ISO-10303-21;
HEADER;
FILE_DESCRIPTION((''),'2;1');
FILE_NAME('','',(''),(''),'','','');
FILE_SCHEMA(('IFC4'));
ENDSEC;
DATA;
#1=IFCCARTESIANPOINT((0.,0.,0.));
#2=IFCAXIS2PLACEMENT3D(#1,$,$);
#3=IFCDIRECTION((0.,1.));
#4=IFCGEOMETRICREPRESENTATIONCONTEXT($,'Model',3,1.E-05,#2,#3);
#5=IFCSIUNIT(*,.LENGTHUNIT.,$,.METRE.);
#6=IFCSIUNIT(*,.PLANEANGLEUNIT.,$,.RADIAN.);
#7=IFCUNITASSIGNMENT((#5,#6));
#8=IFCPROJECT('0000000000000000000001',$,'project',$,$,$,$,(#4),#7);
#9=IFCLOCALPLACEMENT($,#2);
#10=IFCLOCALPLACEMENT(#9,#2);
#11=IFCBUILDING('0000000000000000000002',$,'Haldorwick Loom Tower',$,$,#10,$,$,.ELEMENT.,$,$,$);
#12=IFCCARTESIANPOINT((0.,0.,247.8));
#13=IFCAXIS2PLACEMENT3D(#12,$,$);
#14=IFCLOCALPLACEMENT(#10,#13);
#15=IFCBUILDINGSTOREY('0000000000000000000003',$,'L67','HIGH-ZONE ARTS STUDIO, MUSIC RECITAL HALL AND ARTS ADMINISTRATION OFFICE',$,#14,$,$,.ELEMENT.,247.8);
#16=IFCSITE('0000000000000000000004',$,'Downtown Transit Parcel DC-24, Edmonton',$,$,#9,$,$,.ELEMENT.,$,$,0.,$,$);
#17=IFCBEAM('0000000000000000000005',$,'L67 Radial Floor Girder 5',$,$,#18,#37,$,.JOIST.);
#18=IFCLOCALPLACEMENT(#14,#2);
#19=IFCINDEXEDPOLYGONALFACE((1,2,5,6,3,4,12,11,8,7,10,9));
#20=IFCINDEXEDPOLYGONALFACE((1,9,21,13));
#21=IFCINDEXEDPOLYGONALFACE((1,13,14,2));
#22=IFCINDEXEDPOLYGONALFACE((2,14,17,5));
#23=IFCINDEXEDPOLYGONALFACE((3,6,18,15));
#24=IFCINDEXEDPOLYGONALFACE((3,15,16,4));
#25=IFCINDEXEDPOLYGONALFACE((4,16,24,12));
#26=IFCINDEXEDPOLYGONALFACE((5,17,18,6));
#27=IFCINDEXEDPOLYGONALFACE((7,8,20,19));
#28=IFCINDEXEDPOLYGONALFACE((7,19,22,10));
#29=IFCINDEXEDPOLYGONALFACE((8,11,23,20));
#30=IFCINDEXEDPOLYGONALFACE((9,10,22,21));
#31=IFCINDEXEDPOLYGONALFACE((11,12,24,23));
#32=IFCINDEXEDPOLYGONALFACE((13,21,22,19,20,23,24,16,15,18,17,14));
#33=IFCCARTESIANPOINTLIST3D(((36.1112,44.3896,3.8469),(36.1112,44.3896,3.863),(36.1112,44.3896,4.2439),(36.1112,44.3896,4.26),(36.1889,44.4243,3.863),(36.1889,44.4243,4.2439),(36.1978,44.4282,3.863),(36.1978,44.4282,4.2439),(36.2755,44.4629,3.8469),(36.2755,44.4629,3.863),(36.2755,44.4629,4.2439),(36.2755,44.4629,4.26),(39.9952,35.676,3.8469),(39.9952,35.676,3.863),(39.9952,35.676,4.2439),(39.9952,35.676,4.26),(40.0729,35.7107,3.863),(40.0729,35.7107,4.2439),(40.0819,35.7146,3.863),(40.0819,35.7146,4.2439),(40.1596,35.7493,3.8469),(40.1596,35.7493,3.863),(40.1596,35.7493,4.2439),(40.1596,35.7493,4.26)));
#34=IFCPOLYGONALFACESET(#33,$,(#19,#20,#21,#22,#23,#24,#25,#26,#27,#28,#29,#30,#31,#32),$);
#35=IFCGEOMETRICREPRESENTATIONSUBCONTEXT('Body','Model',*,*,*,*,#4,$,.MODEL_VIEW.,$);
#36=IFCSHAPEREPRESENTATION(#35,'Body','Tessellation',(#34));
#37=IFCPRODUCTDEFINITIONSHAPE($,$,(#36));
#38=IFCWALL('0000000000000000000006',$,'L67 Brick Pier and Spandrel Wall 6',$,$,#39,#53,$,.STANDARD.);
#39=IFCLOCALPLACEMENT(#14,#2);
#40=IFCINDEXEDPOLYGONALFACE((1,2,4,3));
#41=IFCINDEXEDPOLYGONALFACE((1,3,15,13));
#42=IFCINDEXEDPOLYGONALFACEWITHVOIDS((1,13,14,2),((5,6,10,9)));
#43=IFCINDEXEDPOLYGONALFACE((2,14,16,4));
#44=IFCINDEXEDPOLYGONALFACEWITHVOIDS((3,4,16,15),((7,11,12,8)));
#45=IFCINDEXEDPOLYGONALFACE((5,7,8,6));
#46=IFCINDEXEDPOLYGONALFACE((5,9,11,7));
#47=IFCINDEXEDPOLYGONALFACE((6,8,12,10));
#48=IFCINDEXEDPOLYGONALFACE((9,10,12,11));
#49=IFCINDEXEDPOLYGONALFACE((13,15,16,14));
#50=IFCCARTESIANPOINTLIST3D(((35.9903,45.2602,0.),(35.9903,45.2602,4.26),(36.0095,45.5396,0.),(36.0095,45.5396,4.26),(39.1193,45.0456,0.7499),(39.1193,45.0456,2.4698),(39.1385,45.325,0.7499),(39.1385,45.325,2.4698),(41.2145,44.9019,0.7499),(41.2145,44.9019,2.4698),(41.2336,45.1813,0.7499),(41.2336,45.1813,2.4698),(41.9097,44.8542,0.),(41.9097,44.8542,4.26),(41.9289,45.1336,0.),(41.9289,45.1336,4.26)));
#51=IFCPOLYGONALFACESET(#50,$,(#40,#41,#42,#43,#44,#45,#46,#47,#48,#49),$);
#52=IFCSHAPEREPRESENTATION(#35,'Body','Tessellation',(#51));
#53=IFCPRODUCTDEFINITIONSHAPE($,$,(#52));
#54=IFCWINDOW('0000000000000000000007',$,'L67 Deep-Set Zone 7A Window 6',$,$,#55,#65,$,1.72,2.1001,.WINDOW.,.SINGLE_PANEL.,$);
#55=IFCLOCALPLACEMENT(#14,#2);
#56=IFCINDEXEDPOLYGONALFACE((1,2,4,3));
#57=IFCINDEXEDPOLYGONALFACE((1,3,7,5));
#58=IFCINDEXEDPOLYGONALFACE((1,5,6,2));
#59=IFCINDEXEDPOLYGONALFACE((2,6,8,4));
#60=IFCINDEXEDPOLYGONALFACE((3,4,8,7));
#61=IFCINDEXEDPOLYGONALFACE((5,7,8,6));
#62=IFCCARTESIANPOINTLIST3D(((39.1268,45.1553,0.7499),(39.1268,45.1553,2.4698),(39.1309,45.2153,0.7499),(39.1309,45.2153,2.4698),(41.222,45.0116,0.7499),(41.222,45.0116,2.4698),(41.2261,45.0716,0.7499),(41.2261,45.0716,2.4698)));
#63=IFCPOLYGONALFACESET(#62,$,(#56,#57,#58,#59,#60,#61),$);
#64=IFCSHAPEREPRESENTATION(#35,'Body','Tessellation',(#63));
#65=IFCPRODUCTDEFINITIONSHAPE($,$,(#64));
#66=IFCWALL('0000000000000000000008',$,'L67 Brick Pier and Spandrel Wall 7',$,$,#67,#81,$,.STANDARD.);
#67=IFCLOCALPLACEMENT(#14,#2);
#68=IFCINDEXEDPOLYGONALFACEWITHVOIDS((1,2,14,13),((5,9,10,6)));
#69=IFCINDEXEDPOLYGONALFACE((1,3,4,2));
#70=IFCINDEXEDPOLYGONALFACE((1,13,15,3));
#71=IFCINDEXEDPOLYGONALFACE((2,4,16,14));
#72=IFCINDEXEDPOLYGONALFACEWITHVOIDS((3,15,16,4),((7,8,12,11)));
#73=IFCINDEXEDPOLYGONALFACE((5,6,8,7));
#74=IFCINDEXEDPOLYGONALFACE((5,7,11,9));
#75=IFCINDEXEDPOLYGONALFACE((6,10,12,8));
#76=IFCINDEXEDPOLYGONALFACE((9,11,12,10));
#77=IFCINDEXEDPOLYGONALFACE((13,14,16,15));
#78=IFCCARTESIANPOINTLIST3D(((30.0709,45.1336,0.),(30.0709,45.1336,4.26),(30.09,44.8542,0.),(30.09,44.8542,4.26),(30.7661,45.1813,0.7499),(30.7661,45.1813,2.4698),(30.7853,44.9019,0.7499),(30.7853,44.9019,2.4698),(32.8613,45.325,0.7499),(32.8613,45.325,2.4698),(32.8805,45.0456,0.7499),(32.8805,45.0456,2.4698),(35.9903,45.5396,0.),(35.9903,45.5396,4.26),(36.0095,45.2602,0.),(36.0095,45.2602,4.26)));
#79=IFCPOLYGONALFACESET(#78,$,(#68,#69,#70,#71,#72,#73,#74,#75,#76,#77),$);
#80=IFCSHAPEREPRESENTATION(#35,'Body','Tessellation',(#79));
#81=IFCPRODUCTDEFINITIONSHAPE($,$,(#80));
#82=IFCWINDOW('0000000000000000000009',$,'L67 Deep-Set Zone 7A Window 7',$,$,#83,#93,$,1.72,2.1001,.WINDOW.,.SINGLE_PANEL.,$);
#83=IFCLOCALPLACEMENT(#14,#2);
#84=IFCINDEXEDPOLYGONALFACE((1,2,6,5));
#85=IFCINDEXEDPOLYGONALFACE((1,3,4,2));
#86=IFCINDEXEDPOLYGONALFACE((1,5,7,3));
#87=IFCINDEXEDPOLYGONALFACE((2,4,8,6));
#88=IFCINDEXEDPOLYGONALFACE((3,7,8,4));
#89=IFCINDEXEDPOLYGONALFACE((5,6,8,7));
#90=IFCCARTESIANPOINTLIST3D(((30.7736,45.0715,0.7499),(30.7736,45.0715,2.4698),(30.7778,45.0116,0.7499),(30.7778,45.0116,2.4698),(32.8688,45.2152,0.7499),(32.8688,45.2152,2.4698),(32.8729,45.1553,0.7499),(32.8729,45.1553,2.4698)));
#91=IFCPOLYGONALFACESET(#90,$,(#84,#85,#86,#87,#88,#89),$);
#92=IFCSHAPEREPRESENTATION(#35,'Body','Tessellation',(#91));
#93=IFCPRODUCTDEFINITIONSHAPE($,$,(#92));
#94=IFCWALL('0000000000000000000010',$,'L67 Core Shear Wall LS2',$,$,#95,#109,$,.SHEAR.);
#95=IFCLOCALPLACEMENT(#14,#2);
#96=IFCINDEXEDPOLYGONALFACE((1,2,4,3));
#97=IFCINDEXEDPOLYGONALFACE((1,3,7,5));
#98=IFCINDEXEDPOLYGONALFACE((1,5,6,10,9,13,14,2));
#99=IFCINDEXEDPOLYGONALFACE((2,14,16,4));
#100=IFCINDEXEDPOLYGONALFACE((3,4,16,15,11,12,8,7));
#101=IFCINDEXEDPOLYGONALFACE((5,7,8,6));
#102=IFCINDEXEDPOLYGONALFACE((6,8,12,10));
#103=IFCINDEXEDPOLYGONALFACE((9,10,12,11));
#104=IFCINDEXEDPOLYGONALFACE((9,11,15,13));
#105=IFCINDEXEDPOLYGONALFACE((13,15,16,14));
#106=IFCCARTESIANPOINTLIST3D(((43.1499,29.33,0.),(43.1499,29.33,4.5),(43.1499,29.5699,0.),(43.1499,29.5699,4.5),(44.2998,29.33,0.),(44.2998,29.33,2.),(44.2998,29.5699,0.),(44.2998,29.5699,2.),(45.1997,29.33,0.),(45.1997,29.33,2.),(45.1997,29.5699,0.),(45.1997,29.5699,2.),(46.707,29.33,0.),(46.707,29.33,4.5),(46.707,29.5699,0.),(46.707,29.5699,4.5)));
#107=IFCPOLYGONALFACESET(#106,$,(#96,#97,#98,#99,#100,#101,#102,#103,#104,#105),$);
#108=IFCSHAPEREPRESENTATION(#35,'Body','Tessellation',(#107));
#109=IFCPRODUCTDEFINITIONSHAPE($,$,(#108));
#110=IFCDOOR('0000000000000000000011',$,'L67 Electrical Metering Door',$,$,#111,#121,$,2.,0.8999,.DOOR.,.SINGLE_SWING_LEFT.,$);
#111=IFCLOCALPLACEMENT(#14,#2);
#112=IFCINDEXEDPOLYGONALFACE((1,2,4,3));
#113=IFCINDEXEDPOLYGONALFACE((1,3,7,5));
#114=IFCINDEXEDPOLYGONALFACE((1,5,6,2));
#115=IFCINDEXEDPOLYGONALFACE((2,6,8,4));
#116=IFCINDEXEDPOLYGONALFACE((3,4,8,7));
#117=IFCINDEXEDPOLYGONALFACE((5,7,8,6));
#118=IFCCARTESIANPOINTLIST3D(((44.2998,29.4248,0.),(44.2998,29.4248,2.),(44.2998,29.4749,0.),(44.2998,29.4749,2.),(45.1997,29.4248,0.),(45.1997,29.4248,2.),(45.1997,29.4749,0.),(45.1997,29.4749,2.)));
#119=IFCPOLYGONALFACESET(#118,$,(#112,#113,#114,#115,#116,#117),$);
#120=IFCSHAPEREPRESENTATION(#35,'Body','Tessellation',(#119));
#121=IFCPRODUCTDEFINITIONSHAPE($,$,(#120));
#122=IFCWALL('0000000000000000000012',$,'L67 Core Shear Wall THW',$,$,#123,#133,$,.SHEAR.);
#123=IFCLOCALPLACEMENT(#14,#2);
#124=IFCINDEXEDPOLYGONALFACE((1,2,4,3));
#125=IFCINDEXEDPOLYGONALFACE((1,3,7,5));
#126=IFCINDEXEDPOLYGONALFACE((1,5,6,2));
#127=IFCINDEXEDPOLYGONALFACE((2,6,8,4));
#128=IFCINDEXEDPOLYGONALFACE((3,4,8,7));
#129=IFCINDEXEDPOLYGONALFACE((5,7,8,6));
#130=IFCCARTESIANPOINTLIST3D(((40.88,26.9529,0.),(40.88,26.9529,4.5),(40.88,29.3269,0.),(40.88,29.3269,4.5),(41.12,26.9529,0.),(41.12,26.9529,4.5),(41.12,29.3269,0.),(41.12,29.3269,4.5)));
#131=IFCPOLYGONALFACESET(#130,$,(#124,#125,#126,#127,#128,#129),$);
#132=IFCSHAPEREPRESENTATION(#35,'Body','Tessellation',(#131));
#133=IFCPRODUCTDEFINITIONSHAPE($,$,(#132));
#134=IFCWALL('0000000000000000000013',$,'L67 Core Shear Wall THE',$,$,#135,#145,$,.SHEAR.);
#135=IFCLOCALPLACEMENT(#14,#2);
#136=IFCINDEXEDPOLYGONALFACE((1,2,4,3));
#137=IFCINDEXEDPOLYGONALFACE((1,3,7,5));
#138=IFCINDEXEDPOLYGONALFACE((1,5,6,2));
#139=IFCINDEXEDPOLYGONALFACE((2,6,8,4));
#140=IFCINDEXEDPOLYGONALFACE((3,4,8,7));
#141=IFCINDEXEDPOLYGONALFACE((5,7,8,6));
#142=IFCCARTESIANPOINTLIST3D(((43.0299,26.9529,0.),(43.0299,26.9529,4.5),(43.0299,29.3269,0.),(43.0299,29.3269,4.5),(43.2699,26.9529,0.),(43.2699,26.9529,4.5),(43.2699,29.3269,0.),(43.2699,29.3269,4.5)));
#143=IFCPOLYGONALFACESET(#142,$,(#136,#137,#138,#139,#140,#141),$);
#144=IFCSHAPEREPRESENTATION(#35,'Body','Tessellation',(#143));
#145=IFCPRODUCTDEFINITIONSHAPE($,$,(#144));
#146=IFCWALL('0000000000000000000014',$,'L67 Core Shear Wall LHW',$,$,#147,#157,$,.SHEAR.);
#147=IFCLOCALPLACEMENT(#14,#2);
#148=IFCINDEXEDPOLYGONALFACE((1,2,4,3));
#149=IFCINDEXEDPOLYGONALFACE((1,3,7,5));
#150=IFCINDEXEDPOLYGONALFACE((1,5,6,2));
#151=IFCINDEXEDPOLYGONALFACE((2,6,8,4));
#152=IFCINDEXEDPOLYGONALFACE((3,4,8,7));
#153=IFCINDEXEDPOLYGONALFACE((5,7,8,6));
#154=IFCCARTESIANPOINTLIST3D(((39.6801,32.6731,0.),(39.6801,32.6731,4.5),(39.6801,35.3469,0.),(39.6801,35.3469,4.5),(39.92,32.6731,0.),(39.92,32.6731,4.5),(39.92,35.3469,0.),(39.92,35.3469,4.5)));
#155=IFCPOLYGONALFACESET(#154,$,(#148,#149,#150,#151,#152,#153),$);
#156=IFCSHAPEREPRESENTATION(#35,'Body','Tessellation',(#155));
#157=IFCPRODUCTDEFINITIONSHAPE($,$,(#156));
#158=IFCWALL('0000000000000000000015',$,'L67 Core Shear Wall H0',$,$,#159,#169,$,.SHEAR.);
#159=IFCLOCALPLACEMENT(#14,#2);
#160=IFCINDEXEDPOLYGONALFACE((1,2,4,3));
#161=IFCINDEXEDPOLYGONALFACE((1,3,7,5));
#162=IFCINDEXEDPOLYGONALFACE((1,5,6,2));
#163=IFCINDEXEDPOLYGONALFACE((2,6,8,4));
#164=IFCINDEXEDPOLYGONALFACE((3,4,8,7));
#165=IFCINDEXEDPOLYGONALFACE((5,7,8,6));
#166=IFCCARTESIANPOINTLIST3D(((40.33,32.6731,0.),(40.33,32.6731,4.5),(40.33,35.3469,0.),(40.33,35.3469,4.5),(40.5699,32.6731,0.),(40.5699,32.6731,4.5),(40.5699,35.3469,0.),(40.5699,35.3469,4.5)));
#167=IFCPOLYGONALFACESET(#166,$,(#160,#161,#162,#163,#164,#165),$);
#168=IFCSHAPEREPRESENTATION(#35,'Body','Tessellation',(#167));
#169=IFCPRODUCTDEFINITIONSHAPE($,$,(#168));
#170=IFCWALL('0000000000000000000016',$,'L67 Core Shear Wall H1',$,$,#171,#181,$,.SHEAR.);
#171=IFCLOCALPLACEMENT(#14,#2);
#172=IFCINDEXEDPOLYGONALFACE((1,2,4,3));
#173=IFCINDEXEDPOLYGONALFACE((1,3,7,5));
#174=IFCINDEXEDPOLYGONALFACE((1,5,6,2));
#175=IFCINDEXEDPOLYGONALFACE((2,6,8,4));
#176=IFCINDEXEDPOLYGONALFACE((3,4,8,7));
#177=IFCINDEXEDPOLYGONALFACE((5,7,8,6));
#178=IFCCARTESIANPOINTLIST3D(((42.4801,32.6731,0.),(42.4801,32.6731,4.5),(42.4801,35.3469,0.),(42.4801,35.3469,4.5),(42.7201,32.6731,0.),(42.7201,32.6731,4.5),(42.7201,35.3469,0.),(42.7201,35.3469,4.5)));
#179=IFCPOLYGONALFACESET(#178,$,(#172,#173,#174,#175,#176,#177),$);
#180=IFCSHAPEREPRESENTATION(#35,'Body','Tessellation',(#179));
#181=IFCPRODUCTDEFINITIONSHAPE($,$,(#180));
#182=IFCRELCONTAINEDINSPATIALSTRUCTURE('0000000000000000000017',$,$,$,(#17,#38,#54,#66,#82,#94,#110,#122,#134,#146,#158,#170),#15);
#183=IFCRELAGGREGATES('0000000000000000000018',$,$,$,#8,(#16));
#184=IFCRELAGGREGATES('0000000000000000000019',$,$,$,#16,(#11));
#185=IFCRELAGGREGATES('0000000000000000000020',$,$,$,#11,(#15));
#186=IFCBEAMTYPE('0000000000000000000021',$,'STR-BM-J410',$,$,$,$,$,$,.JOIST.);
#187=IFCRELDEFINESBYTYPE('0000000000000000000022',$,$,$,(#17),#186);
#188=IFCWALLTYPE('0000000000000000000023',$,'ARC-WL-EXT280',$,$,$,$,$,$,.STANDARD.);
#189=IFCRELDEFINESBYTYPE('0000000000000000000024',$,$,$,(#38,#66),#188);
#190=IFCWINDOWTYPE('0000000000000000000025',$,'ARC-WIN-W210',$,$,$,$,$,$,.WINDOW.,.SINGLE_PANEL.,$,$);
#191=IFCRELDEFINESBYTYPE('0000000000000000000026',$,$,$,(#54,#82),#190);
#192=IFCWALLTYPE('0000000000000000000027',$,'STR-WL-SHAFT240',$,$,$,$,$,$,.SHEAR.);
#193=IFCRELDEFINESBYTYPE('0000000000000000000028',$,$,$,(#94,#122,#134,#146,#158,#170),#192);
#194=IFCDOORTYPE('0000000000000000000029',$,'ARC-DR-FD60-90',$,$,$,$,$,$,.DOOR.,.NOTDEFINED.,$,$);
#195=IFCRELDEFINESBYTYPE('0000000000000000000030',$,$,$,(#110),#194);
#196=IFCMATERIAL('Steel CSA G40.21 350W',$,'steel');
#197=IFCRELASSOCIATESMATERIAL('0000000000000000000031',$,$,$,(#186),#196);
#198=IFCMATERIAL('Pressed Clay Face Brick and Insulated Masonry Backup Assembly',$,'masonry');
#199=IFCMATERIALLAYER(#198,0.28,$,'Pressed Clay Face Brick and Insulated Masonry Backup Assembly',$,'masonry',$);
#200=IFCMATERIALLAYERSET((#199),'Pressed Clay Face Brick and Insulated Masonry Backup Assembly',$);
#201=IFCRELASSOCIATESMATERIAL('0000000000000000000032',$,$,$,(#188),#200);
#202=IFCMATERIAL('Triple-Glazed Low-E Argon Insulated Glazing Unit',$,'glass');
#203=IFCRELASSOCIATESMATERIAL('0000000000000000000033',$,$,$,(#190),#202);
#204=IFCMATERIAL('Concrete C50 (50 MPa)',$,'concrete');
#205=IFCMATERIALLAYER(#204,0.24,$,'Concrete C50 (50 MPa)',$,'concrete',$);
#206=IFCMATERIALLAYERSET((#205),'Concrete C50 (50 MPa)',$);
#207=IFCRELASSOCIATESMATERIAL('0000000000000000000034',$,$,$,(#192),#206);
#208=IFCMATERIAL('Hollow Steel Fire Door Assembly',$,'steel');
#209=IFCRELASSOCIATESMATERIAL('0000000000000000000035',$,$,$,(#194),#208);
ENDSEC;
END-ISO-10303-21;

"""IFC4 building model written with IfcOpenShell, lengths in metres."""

from ifc_helpers import new_model, si_unit, direction, frame, frame_2d, origin, origin_2d, place, context, subcontext, project, spatial, rectangle, i_section, extrude, material, layer, layer_set, material_profile, profile_set, type_object, element, fill, save


model = new_model("IFC4")

# Units and contexts
model_context = context("Model", 3, precision=1e-05, world=origin(), true_north=direction((0.0, 1.0)))
body_context = subcontext(model_context, "Body", "Model", "MODEL_VIEW")
ifc_project = project(units=[si_unit("LENGTHUNIT", "METRE"), si_unit("PLANEANGLEUNIT", "RADIAN")], contexts=[model_context])

# Site, building, storey
site_placement = place(None, origin())
site = spatial("IfcSite", under=ifc_project, at=site_placement, Name="Downtown Transit Parcel DC-24, Edmonton", CompositionType="ELEMENT", RefElevation=0.0)
building_placement = place(site_placement, origin())
building = spatial("IfcBuilding", under=site, at=building_placement, Name="Haldorwick Loom Tower", CompositionType="ELEMENT")
storey_placement = place(building_placement, frame((0.0, 0.0, 247.8)))
storey = spatial("IfcBuildingStorey", under=building, at=storey_placement, Name="L67", Description="HIGH-ZONE ARTS STUDIO, MUSIC RECITAL HALL AND ARTS ADMINISTRATION OFFICE", CompositionType="ELEMENT", Elevation=247.8)

# Shared definitions
ifc_material_1 = material(Name="Steel CSA G40.21 350W", Category="steel")

# Beam
ifc_material_2 = material(Name="Concrete C50 (50 MPa)", Category="concrete")
ifc_material_profile_1 = material_profile(ifc_material_1, i_section(OverallWidth=0.1799, OverallDepth=0.4131, WebThickness=0.0098, FlangeThickness=0.0161, at=origin_2d()), Name="W410X74", Category="steel")
ifc_profile_set_1 = profile_set([ifc_material_profile_1], Name="Steel CSA G40.21 350W")
beam_type_1 = type_object("IfcBeamType", Name="STR-BM-J410", PredefinedType="JOIST", material=ifc_profile_set_1)
beam_1_placement = place(storey_placement, frame((40.0774, 35.7126, 4.0535), z_axis=(-0.407128, 0.913371, 0.0), x_axis=(-0.913371, -0.407128, 0.0)))
element("IfcBeam", 1, at=beam_1_placement, inside=storey, type_object=beam_type_1, Name="L67 Radial Floor Girder 5", PredefinedType="JOIST", context=body_context, shape_type="SweptSolid", body=[
    extrude(i_section(OverallWidth=0.1799, OverallDepth=0.4131, WebThickness=0.0098, FlangeThickness=0.0161, at=origin_2d()), origin(), (0.0, 0.0, 1.0), 9.54),
])

# Walls, openings, windows
ifc_material_3 = material(Name="Pressed Clay Face Brick and Insulated Masonry Backup Assembly", Category="masonry")
ifc_layer_1 = layer(ifc_material_3, 0.28, Name="Pressed Clay Face Brick and Insulated Masonry Backup Assembly", Category="masonry")
ifc_layer_set_1 = layer_set([ifc_layer_1], Name="Pressed Clay Face Brick and Insulated Masonry Backup Assembly")
wall_type_1 = type_object("IfcWallType", Name="ARC-WL-EXT280", PredefinedType="STANDARD", material=ifc_layer_set_1)
wall_1_placement = place(storey_placement, frame((41.9194, 44.9939, 0.0), z_axis=(0.0, 0.0, 1.0), x_axis=(-0.997656, 0.068428, 0.0)))
wall_1 = element("IfcWall", 2, at=wall_1_placement, inside=storey, type_object=wall_type_1, Name="L67 Brick Pier and Spandrel Wall 6", PredefinedType="STANDARD", context=body_context, shape_type="SweptSolid", body=[
    extrude(rectangle(XDim=5.9333, YDim=0.28, at=frame_2d((2.9668, 0.0))), origin(), (0.0, 0.0, 1.0), 4.26),
])
opening_1_placement = place(wall_1_placement, frame((0.697, 0.0, 0.75)))
opening_1 = element("IfcOpeningElement", 3, at=opening_1_placement, cuts=wall_1, PredefinedType="OPENING", context=body_context, shape_type="SweptSolid", body=[
    extrude(rectangle(XDim=2.1001, YDim=1.72, at=frame_2d((1.05, 0.8599))), frame((0.0, 0.1499, 0.0), z_axis=(0.0, -1.0, 0.0), x_axis=(1.0, 0.0, 0.0)), (0.0, 0.0, 1.0), 0.3),
])
ifc_material_4 = material(Name="Triple-Glazed Low-E Argon Insulated Glazing Unit", Category="glass")
window_type = type_object("IfcWindowType", Name="ARC-WIN-W210", PartitioningType="SINGLE_PANEL", PredefinedType="WINDOW", material=ifc_material_4)
window_1_placement = place(opening_1_placement, origin())
window_1 = element("IfcWindow", 4, at=window_1_placement, inside=storey, type_object=window_type, Name="L67 Deep-Set Zone 7A Window 6", OverallHeight=1.72, OverallWidth=2.1001, PartitioningType="SINGLE_PANEL", PredefinedType="WINDOW", context=body_context, shape_type="SweptSolid", body=[
    extrude(rectangle(XDim=2.1001, YDim=1.72, at=frame_2d((1.05, 0.8599))), frame((0.0, 0.03, 0.0), z_axis=(0.0, -1.0, 0.0), x_axis=(1.0, 0.0, 0.0)), (0.0, 0.0, 1.0), 0.0601),
])
fill(opening_1, window_1)
wall_2_placement = place(storey_placement, frame((36.0, 45.3999, 0.0), z_axis=(0.0, 0.0, 1.0), x_axis=(-0.997656, -0.068428, 0.0)))
wall_2 = element("IfcWall", 5, at=wall_2_placement, inside=storey, type_object=wall_type_1, Name="L67 Brick Pier and Spandrel Wall 7", PredefinedType="STANDARD", context=body_context, shape_type="SweptSolid", body=[
    extrude(rectangle(XDim=5.9333, YDim=0.28, at=frame_2d((2.9668, 0.0))), origin(), (0.0, 0.0, 1.0), 4.26),
])
opening_2_placement = place(wall_2_placement, frame((3.1365, 0.0, 0.75)))
opening_2 = element("IfcOpeningElement", 6, at=opening_2_placement, cuts=wall_2, PredefinedType="OPENING", context=body_context, shape_type="SweptSolid", body=[
    extrude(rectangle(XDim=2.1001, YDim=1.72, at=frame_2d((1.05, 0.8599))), frame((0.0, 0.1499, 0.0), z_axis=(0.0, -1.0, 0.0), x_axis=(1.0, 0.0, 0.0)), (0.0, 0.0, 1.0), 0.3),
])
window_2_placement = place(opening_2_placement, origin())
window_2 = element("IfcWindow", 7, at=window_2_placement, inside=storey, type_object=window_type, Name="L67 Deep-Set Zone 7A Window 7", OverallHeight=1.72, OverallWidth=2.1001, PartitioningType="SINGLE_PANEL", PredefinedType="WINDOW", context=body_context, shape_type="SweptSolid", body=[
    extrude(rectangle(XDim=2.1001, YDim=1.72, at=frame_2d((1.05, 0.8599))), frame((0.0, 0.03, 0.0), z_axis=(0.0, -1.0, 0.0), x_axis=(1.0, 0.0, 0.0)), (0.0, 0.0, 1.0), 0.0601),
])
fill(opening_2, window_2)

# Wall, opening, door
ifc_layer_2 = layer(ifc_material_2, 0.24, Name="Concrete C50 (50 MPa)", Category="concrete")
ifc_layer_set_2 = layer_set([ifc_layer_2], Name="Concrete C50 (50 MPa)")
wall_type_2 = type_object("IfcWallType", Name="STR-WL-SHAFT240", PredefinedType="SHEAR", material=ifc_layer_set_2)
wall_3_placement = place(storey_placement, frame((43.1499, 29.45, 0.0), z_axis=(0.0, 0.0, 1.0), x_axis=(1.0, 0.0, 0.0)))
wall_3 = element("IfcWall", 8, at=wall_3_placement, inside=storey, type_object=wall_type_2, Name="L67 Core Shear Wall LS2", PredefinedType="SHEAR", context=body_context, shape_type="SweptSolid", body=[
    extrude(rectangle(XDim=3.5571, YDim=0.24, at=frame_2d((1.7786, 0.0))), origin(), (0.0, 0.0, 1.0), 4.5),
])
opening_3_placement = place(wall_3_placement, frame((1.1499, 0.0, 0.0)))
opening_3 = element("IfcOpeningElement", 9, at=opening_3_placement, cuts=wall_3, PredefinedType="OPENING", context=body_context, shape_type="SweptSolid", body=[
    extrude(rectangle(XDim=0.8999, YDim=2.0, at=frame_2d((0.45, 1.0))), frame((0.0, 0.1299, 0.0), z_axis=(0.0, -1.0, 0.0), x_axis=(1.0, 0.0, 0.0)), (0.0, 0.0, 1.0), 0.26),
])
ifc_material_5 = material(Name="Hollow Steel Fire Door Assembly", Category="steel")
door_type = type_object("IfcDoorType", Name="ARC-DR-FD60-90", OperationType="NOTDEFINED", PredefinedType="DOOR", material=ifc_material_5)
door_placement = place(opening_3_placement, origin())
door = element("IfcDoor", 10, at=door_placement, inside=storey, type_object=door_type, Name="L67 Electrical Metering Door", OperationType="SINGLE_SWING_LEFT", OverallHeight=2.0, OverallWidth=0.8999, PredefinedType="DOOR", context=body_context, shape_type="SweptSolid", body=[
    extrude(rectangle(XDim=0.8999, YDim=2.0, at=frame_2d((0.45, 1.0))), frame((0.0, 0.0249, 0.0), z_axis=(0.0, -1.0, 0.0), x_axis=(1.0, 0.0, 0.0)), (0.0, 0.0, 1.0), 0.05),
])
fill(opening_3, door)

# Walls
for number, where, z_axis, x_axis, name in (
    (11, (41.0, 26.9529, 0.0), (0.0, 0.0, 1.0), (0.0, 1.0, 0.0), "L67 Core Shear Wall THW"),
    (12, (43.1499, 26.9529, 0.0), (0.0, 0.0, 1.0), (0.0, 1.0, 0.0), "L67 Core Shear Wall THE"),
):
    element("IfcWall", number, at=place(storey_placement, frame(where, z_axis=z_axis, x_axis=x_axis)), inside=storey, type_object=wall_type_2, Name=name, PredefinedType="SHEAR", context=body_context, shape_type="SweptSolid", body=[
        extrude(rectangle(XDim=2.374, YDim=0.24, at=frame_2d((1.187, 0.0))), origin(), (0.0, 0.0, 1.0), 4.5),
    ])
for number, where, z_axis, x_axis, name in (
    (13, (39.8, 32.6731, 0.0), (0.0, 0.0, 1.0), (0.0, 1.0, 0.0), "L67 Core Shear Wall LHW"),
    (14, (40.45, 32.6731, 0.0), (0.0, 0.0, 1.0), (0.0, 1.0, 0.0), "L67 Core Shear Wall H0"),
    (15, (42.6001, 32.6731, 0.0), (0.0, 0.0, 1.0), (0.0, 1.0, 0.0), "L67 Core Shear Wall H1"),
):
    element("IfcWall", number, at=place(storey_placement, frame(where, z_axis=z_axis, x_axis=x_axis)), inside=storey, type_object=wall_type_2, Name=name, PredefinedType="SHEAR", context=body_context, shape_type="SweptSolid", body=[
        extrude(rectangle(XDim=2.6738, YDim=0.24, at=frame_2d((1.3369, 0.0))), origin(), (0.0, 0.0, 1.0), 4.5),
    ])

save(model, "model.ifc")
